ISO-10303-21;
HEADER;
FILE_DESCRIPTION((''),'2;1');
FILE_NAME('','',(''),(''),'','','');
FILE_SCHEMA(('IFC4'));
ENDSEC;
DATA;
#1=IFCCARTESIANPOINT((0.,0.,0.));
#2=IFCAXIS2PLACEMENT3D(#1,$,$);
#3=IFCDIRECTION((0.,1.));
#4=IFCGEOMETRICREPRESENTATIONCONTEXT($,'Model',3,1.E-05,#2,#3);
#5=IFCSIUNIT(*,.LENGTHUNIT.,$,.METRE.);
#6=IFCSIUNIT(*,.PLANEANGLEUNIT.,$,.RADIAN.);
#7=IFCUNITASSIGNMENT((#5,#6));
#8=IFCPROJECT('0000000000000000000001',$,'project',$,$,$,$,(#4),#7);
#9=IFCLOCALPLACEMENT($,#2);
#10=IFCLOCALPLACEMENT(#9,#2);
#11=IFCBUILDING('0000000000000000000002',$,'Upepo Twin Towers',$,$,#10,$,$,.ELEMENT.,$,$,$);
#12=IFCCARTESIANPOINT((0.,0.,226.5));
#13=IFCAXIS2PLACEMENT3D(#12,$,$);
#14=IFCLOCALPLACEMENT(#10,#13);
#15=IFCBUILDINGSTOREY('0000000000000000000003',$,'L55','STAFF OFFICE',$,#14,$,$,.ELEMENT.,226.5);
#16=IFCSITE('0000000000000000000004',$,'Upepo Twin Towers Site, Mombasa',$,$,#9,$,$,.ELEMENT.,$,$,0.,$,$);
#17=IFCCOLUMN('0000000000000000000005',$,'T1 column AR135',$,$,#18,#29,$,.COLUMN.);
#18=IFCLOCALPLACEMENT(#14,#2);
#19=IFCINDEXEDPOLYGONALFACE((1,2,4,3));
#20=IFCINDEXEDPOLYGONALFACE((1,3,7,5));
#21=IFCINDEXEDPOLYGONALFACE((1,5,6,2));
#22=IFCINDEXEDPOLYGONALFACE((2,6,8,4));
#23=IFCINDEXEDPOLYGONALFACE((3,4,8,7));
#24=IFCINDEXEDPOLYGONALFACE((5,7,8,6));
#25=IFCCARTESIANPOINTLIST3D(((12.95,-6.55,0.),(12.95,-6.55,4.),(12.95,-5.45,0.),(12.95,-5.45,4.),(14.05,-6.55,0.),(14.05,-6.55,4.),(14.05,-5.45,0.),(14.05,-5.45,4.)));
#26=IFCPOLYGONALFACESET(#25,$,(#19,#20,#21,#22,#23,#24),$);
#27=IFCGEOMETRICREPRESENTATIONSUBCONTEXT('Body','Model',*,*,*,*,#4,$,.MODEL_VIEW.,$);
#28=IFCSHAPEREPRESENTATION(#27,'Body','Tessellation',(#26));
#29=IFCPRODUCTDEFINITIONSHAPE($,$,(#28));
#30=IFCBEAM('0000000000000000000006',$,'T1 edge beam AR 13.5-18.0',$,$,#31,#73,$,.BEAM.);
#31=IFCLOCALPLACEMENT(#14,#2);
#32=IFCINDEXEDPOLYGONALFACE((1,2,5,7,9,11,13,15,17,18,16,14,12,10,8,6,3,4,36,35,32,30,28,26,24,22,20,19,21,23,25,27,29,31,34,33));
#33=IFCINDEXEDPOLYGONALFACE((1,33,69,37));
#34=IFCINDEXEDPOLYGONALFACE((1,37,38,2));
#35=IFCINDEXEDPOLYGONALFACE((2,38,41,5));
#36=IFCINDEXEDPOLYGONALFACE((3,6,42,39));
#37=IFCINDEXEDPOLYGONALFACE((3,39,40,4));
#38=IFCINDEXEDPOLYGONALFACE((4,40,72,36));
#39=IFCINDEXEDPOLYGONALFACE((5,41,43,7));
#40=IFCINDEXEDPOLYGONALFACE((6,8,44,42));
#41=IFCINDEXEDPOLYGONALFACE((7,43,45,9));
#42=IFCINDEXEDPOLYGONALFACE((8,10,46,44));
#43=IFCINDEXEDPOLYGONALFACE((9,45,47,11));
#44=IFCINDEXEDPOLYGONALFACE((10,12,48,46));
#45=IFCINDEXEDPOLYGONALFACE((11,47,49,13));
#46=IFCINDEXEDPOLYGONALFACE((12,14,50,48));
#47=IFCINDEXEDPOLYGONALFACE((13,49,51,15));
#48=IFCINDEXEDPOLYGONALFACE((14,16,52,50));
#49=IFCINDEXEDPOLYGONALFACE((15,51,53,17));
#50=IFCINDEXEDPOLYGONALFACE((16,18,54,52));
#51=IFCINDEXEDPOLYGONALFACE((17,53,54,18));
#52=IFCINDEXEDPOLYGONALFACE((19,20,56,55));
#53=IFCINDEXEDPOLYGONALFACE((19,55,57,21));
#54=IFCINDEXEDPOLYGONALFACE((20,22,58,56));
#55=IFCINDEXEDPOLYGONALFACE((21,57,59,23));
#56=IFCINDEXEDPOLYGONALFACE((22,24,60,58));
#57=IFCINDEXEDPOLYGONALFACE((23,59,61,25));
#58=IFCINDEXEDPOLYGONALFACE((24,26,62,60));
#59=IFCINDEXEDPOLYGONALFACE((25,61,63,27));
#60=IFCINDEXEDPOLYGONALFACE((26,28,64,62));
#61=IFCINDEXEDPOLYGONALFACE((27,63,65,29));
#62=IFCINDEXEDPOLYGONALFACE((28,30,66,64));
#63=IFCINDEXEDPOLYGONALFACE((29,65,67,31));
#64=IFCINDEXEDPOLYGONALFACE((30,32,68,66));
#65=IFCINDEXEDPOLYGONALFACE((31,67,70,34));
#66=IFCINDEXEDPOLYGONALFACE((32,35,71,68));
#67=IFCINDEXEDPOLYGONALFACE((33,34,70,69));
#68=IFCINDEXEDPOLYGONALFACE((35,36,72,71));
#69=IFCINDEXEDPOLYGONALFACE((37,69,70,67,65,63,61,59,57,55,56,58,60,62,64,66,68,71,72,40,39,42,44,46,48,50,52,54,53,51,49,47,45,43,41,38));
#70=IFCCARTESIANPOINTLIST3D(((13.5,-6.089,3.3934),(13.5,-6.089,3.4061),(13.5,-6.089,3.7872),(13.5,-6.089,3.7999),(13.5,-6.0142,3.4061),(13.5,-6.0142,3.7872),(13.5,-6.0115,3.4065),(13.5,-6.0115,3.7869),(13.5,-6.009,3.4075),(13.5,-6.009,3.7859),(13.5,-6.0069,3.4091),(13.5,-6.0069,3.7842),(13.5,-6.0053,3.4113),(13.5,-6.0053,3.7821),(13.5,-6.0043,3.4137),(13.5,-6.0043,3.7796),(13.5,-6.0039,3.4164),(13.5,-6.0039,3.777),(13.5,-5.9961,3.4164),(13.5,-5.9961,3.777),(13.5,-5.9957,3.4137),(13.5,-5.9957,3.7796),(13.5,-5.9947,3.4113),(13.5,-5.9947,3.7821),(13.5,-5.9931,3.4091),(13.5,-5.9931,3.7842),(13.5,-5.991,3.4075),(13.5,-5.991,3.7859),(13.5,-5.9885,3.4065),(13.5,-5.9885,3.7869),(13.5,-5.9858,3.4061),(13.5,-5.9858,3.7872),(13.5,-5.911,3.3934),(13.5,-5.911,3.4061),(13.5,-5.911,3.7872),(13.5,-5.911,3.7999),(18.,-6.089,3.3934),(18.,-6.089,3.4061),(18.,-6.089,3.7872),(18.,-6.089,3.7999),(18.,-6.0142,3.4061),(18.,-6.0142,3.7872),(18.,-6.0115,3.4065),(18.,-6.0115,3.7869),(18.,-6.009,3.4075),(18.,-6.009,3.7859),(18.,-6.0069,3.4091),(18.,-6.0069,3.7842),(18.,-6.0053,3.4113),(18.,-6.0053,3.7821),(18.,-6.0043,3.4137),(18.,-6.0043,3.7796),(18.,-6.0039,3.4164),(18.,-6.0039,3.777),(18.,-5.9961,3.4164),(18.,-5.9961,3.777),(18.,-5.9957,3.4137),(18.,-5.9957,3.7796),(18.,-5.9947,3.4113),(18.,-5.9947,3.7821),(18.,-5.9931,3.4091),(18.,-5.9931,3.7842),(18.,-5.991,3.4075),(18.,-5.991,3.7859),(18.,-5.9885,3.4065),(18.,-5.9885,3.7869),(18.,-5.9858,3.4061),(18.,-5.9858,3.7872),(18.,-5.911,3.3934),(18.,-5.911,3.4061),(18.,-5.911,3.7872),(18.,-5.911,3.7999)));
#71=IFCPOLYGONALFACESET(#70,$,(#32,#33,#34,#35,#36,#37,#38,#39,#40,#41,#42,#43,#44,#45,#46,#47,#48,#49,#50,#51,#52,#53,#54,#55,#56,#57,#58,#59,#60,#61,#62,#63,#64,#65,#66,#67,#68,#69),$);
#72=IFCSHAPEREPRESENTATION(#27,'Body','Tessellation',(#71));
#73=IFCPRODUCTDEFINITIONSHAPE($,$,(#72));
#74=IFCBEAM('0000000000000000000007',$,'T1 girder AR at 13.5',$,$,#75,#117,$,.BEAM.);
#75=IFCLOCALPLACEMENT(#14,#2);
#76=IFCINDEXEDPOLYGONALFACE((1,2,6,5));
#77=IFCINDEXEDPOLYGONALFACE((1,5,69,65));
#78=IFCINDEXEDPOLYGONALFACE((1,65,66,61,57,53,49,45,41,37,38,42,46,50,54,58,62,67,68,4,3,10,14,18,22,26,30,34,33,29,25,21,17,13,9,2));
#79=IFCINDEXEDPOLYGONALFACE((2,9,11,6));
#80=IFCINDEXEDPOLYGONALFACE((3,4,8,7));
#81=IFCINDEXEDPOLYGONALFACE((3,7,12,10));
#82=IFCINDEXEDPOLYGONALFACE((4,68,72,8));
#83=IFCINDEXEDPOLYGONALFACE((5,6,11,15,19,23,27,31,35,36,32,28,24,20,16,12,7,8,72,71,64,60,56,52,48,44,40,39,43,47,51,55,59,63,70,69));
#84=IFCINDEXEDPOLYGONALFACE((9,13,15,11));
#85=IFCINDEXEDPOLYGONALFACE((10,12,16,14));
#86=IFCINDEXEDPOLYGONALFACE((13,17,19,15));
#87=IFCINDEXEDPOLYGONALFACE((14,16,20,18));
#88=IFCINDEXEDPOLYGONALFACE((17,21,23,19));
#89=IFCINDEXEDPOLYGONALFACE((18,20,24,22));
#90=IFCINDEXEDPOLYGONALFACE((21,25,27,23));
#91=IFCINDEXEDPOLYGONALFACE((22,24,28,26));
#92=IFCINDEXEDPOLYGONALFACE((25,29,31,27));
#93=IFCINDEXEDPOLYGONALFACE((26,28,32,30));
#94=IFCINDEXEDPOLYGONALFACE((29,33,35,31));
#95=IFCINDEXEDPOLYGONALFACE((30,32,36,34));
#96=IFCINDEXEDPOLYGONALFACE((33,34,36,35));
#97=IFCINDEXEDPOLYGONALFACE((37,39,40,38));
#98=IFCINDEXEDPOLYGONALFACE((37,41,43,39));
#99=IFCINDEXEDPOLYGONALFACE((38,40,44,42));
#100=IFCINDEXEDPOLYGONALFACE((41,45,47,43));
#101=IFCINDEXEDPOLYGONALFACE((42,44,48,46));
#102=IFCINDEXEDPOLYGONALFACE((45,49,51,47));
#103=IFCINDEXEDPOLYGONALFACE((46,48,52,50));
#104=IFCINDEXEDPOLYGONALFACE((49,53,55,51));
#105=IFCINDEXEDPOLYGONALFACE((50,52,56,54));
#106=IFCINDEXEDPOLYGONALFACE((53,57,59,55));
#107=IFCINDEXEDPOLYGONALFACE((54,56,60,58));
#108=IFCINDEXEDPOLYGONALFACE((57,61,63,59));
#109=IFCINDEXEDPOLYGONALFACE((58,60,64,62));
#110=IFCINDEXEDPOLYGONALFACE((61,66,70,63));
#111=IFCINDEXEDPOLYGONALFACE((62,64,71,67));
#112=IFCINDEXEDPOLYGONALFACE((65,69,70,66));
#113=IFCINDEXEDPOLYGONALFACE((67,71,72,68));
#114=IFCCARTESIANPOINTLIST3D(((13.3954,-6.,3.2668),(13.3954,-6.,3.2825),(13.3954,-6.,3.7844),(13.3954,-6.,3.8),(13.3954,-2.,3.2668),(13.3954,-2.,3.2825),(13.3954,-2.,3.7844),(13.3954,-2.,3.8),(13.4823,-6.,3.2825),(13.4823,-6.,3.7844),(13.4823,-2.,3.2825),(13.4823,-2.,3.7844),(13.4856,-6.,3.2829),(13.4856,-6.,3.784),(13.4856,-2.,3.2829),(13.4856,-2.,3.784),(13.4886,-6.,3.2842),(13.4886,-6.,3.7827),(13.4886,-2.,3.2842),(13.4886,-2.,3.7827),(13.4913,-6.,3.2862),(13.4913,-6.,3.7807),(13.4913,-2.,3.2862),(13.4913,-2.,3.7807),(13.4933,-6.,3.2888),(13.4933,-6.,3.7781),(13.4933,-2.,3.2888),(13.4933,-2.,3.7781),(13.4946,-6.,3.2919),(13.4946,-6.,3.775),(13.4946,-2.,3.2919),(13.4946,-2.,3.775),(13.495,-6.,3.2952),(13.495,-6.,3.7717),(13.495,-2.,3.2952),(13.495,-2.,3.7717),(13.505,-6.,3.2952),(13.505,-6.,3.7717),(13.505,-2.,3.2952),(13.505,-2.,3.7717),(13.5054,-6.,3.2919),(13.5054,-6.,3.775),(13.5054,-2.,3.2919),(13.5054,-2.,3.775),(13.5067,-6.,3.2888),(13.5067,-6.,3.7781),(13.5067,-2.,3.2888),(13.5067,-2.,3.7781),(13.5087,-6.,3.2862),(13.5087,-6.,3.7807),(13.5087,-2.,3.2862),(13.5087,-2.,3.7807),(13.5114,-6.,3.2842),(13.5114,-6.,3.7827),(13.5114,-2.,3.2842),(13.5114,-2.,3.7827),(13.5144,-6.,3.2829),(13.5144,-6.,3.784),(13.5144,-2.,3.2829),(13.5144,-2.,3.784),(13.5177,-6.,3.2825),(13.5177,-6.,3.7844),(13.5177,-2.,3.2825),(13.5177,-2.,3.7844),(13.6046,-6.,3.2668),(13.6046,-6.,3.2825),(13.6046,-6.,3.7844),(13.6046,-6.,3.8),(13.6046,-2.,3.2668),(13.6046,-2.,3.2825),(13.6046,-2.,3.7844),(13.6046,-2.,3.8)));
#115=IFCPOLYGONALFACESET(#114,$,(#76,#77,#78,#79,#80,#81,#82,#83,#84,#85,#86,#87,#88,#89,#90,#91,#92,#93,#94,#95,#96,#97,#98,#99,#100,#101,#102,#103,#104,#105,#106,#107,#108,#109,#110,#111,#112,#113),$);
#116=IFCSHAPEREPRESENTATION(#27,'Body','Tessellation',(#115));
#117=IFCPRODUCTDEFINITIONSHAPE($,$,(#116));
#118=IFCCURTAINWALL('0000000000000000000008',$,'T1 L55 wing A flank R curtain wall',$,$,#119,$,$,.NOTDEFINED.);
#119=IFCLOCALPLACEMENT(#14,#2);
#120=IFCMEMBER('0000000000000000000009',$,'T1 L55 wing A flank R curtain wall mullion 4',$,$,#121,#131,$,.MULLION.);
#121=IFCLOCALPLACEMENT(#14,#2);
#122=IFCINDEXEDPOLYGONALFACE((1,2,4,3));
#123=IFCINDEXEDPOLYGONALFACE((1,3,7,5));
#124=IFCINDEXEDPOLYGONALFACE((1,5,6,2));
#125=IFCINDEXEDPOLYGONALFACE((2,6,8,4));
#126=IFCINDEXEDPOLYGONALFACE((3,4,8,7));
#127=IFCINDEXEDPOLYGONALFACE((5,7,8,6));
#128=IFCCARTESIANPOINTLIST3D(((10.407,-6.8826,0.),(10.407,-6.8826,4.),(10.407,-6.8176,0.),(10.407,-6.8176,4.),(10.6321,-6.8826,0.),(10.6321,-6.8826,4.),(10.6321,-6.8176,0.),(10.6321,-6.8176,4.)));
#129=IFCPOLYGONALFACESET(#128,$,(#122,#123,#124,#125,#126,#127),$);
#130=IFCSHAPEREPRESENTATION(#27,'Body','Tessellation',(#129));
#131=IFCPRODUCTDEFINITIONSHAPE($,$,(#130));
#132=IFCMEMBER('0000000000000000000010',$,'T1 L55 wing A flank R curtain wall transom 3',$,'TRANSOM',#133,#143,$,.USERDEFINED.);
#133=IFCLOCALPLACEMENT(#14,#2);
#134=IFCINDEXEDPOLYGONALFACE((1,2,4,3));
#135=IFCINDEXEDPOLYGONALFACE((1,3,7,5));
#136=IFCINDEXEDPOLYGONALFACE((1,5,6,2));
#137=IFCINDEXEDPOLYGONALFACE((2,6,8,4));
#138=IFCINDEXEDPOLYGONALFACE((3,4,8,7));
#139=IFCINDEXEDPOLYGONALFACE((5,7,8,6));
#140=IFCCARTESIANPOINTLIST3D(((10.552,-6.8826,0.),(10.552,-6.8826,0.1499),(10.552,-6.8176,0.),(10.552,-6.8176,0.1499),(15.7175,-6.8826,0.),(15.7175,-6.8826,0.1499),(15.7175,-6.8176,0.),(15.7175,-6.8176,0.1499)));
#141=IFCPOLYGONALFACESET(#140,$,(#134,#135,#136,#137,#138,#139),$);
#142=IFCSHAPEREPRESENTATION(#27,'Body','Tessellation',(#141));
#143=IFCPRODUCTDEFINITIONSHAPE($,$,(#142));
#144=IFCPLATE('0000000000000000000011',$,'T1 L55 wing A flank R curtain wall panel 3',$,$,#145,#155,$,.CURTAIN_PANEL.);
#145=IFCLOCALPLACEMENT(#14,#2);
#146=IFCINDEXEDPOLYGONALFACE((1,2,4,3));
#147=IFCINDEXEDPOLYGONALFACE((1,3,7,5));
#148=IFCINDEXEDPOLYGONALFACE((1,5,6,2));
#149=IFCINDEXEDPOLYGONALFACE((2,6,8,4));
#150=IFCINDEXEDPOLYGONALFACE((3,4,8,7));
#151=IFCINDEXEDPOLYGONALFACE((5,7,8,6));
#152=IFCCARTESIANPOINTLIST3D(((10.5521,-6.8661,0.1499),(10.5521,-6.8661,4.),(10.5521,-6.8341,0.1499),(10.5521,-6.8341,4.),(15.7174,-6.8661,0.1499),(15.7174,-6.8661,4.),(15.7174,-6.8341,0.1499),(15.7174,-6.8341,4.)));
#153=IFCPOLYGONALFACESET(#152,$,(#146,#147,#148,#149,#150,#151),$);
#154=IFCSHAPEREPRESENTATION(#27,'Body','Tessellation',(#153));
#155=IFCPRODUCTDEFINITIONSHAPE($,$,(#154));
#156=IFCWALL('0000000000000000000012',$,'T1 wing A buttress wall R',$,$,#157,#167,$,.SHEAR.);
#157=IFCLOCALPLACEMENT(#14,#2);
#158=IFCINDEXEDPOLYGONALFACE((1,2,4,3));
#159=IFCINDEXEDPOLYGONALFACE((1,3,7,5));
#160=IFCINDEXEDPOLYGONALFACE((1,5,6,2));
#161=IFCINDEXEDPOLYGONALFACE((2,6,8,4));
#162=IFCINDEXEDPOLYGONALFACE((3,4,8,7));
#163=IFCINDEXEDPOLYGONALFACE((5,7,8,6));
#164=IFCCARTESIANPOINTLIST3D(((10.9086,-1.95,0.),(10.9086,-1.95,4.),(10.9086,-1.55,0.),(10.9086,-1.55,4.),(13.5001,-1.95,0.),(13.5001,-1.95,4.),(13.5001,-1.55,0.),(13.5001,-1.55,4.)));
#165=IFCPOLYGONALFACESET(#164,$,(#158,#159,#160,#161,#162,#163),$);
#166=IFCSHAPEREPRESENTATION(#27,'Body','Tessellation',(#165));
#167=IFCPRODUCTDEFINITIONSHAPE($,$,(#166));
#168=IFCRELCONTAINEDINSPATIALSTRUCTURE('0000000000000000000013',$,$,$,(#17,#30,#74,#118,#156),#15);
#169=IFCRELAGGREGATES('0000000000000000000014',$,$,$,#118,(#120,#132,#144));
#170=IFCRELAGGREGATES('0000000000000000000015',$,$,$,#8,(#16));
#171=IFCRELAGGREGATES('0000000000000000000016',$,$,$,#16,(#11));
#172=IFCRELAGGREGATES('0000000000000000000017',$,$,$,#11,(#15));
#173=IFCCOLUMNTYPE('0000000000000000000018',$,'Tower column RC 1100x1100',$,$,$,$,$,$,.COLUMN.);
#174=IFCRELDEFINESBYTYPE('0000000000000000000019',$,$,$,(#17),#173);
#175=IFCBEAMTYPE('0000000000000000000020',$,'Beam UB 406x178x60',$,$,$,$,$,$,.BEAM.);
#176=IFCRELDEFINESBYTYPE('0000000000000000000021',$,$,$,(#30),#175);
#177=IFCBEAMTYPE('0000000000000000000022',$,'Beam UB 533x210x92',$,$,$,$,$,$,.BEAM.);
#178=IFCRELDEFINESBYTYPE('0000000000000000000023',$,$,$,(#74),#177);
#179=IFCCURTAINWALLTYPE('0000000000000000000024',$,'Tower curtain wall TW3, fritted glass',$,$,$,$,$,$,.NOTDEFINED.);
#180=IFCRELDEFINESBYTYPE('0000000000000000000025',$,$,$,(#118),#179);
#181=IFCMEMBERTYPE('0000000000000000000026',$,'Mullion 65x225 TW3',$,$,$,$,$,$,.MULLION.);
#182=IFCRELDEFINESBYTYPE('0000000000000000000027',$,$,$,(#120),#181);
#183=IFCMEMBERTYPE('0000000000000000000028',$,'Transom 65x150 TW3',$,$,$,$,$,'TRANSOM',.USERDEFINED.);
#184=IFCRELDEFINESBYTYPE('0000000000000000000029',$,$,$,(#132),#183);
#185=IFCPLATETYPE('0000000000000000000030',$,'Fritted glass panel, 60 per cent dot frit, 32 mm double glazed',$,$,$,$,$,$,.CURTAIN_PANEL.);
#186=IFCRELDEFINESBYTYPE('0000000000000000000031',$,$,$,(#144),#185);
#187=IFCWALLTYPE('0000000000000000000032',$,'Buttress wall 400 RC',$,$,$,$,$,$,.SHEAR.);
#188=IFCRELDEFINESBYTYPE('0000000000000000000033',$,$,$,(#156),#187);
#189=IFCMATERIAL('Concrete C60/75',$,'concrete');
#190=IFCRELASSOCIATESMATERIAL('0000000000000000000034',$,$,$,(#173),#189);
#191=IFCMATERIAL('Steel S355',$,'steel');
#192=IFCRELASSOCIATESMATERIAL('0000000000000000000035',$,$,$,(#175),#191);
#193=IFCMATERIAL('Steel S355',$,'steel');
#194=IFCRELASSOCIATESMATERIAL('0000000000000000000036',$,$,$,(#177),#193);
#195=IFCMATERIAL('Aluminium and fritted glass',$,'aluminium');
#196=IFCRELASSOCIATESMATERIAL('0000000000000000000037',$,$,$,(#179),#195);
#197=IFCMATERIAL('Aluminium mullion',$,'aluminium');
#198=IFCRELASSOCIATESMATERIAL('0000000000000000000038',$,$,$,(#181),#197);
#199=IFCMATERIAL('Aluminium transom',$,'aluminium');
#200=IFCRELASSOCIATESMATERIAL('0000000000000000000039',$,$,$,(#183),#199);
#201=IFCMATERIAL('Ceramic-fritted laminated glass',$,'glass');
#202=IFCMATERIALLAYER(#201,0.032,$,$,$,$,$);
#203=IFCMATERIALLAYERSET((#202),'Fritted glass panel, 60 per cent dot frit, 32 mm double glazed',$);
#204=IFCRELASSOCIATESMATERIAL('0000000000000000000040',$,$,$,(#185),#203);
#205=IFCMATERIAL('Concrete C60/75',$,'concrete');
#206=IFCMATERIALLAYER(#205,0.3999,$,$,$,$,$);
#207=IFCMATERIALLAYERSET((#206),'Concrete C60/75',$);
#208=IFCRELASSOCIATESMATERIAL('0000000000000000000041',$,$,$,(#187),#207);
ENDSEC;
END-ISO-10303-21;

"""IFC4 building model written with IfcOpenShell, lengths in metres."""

from ifc_helpers import new_model, si_unit, direction, frame, frame_2d, origin, origin_2d, place, context, subcontext, project, spatial, rectangle, i_section, extrude, material, layer, layer_set, material_profile, profile_set, type_object, element, aggregate, save


model = new_model("IFC4")

# Units and contexts
model_context = context("Model", 3, precision=1e-05, world=origin(), true_north=direction((0.0, 1.0)))
body_context = subcontext(model_context, "Body", "Model", "MODEL_VIEW")
ifc_project = project(units=[si_unit("LENGTHUNIT", "METRE"), si_unit("PLANEANGLEUNIT", "RADIAN")], contexts=[model_context])

# Site, building, storey
site_placement = place(None, origin())
site = spatial("IfcSite", under=ifc_project, at=site_placement, Name="Upepo Twin Towers Site, Mombasa", CompositionType="ELEMENT", RefElevation=0.0)
building_placement = place(site_placement, origin())
building = spatial("IfcBuilding", under=site, at=building_placement, Name="Upepo Twin Towers", CompositionType="ELEMENT")
storey_placement = place(building_placement, frame((0.0, 0.0, 226.5)))
storey = spatial("IfcBuildingStorey", under=building, at=storey_placement, Name="L55", Description="STAFF OFFICE", CompositionType="ELEMENT", Elevation=226.5)

# Column
ifc_material_1 = material(Name="Concrete C60/75", Category="concrete")
ifc_material_profile_1 = material_profile(ifc_material_1, rectangle(XDim=1.1001, YDim=1.1001, at=origin_2d()), Name="RC 1100x1100")
ifc_profile_set_1 = profile_set([ifc_material_profile_1], Name="Concrete C60/75")
column_type = type_object("IfcColumnType", Name="Tower column RC 1100x1100", PredefinedType="COLUMN", material=ifc_profile_set_1)
column_placement = place(storey_placement, frame((13.5, -6.0, 0.0), z_axis=(0.0, 0.0, 1.0), x_axis=(1.0, 0.0, 0.0)))
element("IfcColumn", 1, at=column_placement, inside=storey, type_object=column_type, Name="T1 column AR135", PredefinedType="COLUMN", context=body_context, shape_type="SweptSolid", body=[
    extrude(rectangle(XDim=1.1001, YDim=1.1001, at=origin_2d()), origin(), (0.0, 0.0, 1.0), 4.0),
])

# Beams
ifc_material_2 = material(Name="Steel S355", Category="steel")
ifc_material_profile_2 = material_profile(ifc_material_2, i_section(OverallWidth=0.178, OverallDepth=0.4065, WebThickness=0.0078, FlangeThickness=0.0127, FilletRadius=0.0103, at=origin_2d()), Name="UB 406x178x60")
ifc_profile_set_2 = profile_set([ifc_material_profile_2], Name="Steel S355")
beam_type_1 = type_object("IfcBeamType", Name="Beam UB 406x178x60", PredefinedType="BEAM", material=ifc_profile_set_2)
beam_1_placement = place(storey_placement, frame((13.5, -6.0, 3.5967), z_axis=(1.0, 0.0, 0.0), x_axis=(0.0, 1.0, 0.0)))
element("IfcBeam", 2, at=beam_1_placement, inside=storey, type_object=beam_type_1, Name="T1 edge beam AR 13.5-18.0", PredefinedType="BEAM", context=body_context, shape_type="SweptSolid", body=[
    extrude(i_section(OverallWidth=0.178, OverallDepth=0.4065, WebThickness=0.0078, FlangeThickness=0.0127, FilletRadius=0.0103, at=origin_2d()), origin(), (0.0, 0.0, 1.0), 4.5),
])
ifc_material_3 = material(Name="Steel S355", Category="steel")
ifc_material_profile_3 = material_profile(ifc_material_3, i_section(OverallWidth=0.2092, OverallDepth=0.5332, WebThickness=0.01, FlangeThickness=0.0156, FilletRadius=0.0127, at=origin_2d()), Name="UB 533x210x92")
ifc_profile_set_3 = profile_set([ifc_material_profile_3], Name="Steel S355")
beam_type_2 = type_object("IfcBeamType", Name="Beam UB 533x210x92", PredefinedType="BEAM", material=ifc_profile_set_3)
beam_2_placement = place(storey_placement, frame((13.5, -6.0, 3.5334), z_axis=(0.0, 1.0, 0.0), x_axis=(-1.0, 0.0, 0.0)))
element("IfcBeam", 3, at=beam_2_placement, inside=storey, type_object=beam_type_2, Name="T1 girder AR at 13.5", PredefinedType="BEAM", context=body_context, shape_type="SweptSolid", body=[
    extrude(i_section(OverallWidth=0.2092, OverallDepth=0.5332, WebThickness=0.01, FlangeThickness=0.0156, FilletRadius=0.0127, at=origin_2d()), origin(), (0.0, 0.0, 1.0), 4.0),
])

# Curtain wall, members, plate
ifc_material_4 = material(Name="Aluminium and fritted glass", Category="aluminium")
curtain_wall_type = type_object("IfcCurtainWallType", Name="Tower curtain wall TW3, fritted glass", PredefinedType="NOTDEFINED", material=ifc_material_4)
curtain_wall_placement = place(storey_placement, origin())
curtain_wall = element("IfcCurtainWall", 4, at=curtain_wall_placement, inside=storey, type_object=curtain_wall_type, Name="T1 L55 wing A flank R curtain wall", PredefinedType="NOTDEFINED")
ifc_material_5 = material(Name="Aluminium mullion", Category="aluminium")
ifc_material_profile_4 = material_profile(ifc_material_5, rectangle(XDim=0.0649, YDim=0.2251, at=origin_2d()), Name="MULLION 65x225")
ifc_profile_set_4 = profile_set([ifc_material_profile_4], Name="Aluminium mullion")
member_type_1 = type_object("IfcMemberType", Name="Mullion 65x225 TW3", PredefinedType="MULLION", material=ifc_profile_set_4)
member_1_placement = place(storey_placement, frame((10.5195, -6.8501, 0.0), z_axis=(0.0, 0.0, 1.0), x_axis=(0.0, -1.0, 0.0)))
member_1 = element("IfcMember", 5, at=member_1_placement, type_object=member_type_1, Name="T1 L55 wing A flank R curtain wall mullion 4", PredefinedType="MULLION", context=body_context, shape_type="SweptSolid", body=[
    extrude(rectangle(XDim=0.0649, YDim=0.2251, at=origin_2d()), origin(), (0.0, 0.0, 1.0), 4.0),
])
ifc_material_6 = material(Name="Aluminium transom", Category="aluminium")
ifc_material_profile_5 = material_profile(ifc_material_6, rectangle(XDim=0.0649, YDim=0.1499, at=origin_2d()), Name="TRANSOM 65x150")
ifc_profile_set_5 = profile_set([ifc_material_profile_5], Name="Aluminium transom")
member_type_2 = type_object("IfcMemberType", Name="Transom 65x150 TW3", ElementType="TRANSOM", PredefinedType="USERDEFINED", material=ifc_profile_set_5)
member_2_placement = place(storey_placement, frame((15.7175, -6.8501, 0.075), z_axis=(-1.0, 0.0, 0.0), x_axis=(0.0, -1.0, 0.0)))
member_2 = element("IfcMember", 6, at=member_2_placement, type_object=member_type_2, Name="T1 L55 wing A flank R curtain wall transom 3", ObjectType="TRANSOM", PredefinedType="USERDEFINED", context=body_context, shape_type="SweptSolid", body=[
    extrude(rectangle(XDim=0.0649, YDim=0.1499, at=origin_2d()), origin(), (0.0, 0.0, 1.0), 5.1655),
])
ifc_material_7 = material(Name="Ceramic-fritted laminated glass", Category="glass")
ifc_layer_1 = layer(ifc_material_7, 0.032)
ifc_layer_set_1 = layer_set([ifc_layer_1], Name="Fritted glass panel, 60 per cent dot frit, 32 mm double glazed")
plate_type = type_object("IfcPlateType", Name="Fritted glass panel, 60 per cent dot frit, 32 mm double glazed", PredefinedType="CURTAIN_PANEL", material=ifc_layer_set_1)
plate_placement = place(storey_placement, frame((13.1348, -6.8501, 0.1499), z_axis=(0.0, 0.0, 1.0), x_axis=(-1.0, 0.0, 0.0)))
plate = element("IfcPlate", 7, at=plate_placement, type_object=plate_type, Name="T1 L55 wing A flank R curtain wall panel 3", PredefinedType="CURTAIN_PANEL", context=body_context, shape_type="SweptSolid", body=[
    extrude(rectangle(XDim=5.1653, YDim=0.032, at=origin_2d()), origin(), (0.0, 0.0, 1.0), 3.8501),
])
aggregate(curtain_wall, [member_1, member_2, plate])

# Wall
ifc_material_8 = material(Name="Concrete C60/75", Category="concrete")
ifc_layer_2 = layer(ifc_material_8, 0.3999)
ifc_layer_set_2 = layer_set([ifc_layer_2], Name="Concrete C60/75")
wall_type_1 = type_object("IfcWallType", Name="Buttress wall 400 RC", PredefinedType="SHEAR", material=ifc_layer_set_2)
wall_1_placement = place(storey_placement, frame((10.9084, -1.75, 0.0), z_axis=(0.0, 0.0, 1.0), x_axis=(1.0, 0.0, 0.0)))
element("IfcWall", 8, at=wall_1_placement, inside=storey, type_object=wall_type_1, Name="T1 wing A buttress wall R", PredefinedType="SHEAR", context=body_context, shape_type="SweptSolid", body=[
    extrude(rectangle(XDim=2.5916, YDim=0.3999, at=frame_2d((1.2959, 0.0))), origin(), (0.0, 0.0, 1.0), 4.0),
])

save(model, "model.ifc")
